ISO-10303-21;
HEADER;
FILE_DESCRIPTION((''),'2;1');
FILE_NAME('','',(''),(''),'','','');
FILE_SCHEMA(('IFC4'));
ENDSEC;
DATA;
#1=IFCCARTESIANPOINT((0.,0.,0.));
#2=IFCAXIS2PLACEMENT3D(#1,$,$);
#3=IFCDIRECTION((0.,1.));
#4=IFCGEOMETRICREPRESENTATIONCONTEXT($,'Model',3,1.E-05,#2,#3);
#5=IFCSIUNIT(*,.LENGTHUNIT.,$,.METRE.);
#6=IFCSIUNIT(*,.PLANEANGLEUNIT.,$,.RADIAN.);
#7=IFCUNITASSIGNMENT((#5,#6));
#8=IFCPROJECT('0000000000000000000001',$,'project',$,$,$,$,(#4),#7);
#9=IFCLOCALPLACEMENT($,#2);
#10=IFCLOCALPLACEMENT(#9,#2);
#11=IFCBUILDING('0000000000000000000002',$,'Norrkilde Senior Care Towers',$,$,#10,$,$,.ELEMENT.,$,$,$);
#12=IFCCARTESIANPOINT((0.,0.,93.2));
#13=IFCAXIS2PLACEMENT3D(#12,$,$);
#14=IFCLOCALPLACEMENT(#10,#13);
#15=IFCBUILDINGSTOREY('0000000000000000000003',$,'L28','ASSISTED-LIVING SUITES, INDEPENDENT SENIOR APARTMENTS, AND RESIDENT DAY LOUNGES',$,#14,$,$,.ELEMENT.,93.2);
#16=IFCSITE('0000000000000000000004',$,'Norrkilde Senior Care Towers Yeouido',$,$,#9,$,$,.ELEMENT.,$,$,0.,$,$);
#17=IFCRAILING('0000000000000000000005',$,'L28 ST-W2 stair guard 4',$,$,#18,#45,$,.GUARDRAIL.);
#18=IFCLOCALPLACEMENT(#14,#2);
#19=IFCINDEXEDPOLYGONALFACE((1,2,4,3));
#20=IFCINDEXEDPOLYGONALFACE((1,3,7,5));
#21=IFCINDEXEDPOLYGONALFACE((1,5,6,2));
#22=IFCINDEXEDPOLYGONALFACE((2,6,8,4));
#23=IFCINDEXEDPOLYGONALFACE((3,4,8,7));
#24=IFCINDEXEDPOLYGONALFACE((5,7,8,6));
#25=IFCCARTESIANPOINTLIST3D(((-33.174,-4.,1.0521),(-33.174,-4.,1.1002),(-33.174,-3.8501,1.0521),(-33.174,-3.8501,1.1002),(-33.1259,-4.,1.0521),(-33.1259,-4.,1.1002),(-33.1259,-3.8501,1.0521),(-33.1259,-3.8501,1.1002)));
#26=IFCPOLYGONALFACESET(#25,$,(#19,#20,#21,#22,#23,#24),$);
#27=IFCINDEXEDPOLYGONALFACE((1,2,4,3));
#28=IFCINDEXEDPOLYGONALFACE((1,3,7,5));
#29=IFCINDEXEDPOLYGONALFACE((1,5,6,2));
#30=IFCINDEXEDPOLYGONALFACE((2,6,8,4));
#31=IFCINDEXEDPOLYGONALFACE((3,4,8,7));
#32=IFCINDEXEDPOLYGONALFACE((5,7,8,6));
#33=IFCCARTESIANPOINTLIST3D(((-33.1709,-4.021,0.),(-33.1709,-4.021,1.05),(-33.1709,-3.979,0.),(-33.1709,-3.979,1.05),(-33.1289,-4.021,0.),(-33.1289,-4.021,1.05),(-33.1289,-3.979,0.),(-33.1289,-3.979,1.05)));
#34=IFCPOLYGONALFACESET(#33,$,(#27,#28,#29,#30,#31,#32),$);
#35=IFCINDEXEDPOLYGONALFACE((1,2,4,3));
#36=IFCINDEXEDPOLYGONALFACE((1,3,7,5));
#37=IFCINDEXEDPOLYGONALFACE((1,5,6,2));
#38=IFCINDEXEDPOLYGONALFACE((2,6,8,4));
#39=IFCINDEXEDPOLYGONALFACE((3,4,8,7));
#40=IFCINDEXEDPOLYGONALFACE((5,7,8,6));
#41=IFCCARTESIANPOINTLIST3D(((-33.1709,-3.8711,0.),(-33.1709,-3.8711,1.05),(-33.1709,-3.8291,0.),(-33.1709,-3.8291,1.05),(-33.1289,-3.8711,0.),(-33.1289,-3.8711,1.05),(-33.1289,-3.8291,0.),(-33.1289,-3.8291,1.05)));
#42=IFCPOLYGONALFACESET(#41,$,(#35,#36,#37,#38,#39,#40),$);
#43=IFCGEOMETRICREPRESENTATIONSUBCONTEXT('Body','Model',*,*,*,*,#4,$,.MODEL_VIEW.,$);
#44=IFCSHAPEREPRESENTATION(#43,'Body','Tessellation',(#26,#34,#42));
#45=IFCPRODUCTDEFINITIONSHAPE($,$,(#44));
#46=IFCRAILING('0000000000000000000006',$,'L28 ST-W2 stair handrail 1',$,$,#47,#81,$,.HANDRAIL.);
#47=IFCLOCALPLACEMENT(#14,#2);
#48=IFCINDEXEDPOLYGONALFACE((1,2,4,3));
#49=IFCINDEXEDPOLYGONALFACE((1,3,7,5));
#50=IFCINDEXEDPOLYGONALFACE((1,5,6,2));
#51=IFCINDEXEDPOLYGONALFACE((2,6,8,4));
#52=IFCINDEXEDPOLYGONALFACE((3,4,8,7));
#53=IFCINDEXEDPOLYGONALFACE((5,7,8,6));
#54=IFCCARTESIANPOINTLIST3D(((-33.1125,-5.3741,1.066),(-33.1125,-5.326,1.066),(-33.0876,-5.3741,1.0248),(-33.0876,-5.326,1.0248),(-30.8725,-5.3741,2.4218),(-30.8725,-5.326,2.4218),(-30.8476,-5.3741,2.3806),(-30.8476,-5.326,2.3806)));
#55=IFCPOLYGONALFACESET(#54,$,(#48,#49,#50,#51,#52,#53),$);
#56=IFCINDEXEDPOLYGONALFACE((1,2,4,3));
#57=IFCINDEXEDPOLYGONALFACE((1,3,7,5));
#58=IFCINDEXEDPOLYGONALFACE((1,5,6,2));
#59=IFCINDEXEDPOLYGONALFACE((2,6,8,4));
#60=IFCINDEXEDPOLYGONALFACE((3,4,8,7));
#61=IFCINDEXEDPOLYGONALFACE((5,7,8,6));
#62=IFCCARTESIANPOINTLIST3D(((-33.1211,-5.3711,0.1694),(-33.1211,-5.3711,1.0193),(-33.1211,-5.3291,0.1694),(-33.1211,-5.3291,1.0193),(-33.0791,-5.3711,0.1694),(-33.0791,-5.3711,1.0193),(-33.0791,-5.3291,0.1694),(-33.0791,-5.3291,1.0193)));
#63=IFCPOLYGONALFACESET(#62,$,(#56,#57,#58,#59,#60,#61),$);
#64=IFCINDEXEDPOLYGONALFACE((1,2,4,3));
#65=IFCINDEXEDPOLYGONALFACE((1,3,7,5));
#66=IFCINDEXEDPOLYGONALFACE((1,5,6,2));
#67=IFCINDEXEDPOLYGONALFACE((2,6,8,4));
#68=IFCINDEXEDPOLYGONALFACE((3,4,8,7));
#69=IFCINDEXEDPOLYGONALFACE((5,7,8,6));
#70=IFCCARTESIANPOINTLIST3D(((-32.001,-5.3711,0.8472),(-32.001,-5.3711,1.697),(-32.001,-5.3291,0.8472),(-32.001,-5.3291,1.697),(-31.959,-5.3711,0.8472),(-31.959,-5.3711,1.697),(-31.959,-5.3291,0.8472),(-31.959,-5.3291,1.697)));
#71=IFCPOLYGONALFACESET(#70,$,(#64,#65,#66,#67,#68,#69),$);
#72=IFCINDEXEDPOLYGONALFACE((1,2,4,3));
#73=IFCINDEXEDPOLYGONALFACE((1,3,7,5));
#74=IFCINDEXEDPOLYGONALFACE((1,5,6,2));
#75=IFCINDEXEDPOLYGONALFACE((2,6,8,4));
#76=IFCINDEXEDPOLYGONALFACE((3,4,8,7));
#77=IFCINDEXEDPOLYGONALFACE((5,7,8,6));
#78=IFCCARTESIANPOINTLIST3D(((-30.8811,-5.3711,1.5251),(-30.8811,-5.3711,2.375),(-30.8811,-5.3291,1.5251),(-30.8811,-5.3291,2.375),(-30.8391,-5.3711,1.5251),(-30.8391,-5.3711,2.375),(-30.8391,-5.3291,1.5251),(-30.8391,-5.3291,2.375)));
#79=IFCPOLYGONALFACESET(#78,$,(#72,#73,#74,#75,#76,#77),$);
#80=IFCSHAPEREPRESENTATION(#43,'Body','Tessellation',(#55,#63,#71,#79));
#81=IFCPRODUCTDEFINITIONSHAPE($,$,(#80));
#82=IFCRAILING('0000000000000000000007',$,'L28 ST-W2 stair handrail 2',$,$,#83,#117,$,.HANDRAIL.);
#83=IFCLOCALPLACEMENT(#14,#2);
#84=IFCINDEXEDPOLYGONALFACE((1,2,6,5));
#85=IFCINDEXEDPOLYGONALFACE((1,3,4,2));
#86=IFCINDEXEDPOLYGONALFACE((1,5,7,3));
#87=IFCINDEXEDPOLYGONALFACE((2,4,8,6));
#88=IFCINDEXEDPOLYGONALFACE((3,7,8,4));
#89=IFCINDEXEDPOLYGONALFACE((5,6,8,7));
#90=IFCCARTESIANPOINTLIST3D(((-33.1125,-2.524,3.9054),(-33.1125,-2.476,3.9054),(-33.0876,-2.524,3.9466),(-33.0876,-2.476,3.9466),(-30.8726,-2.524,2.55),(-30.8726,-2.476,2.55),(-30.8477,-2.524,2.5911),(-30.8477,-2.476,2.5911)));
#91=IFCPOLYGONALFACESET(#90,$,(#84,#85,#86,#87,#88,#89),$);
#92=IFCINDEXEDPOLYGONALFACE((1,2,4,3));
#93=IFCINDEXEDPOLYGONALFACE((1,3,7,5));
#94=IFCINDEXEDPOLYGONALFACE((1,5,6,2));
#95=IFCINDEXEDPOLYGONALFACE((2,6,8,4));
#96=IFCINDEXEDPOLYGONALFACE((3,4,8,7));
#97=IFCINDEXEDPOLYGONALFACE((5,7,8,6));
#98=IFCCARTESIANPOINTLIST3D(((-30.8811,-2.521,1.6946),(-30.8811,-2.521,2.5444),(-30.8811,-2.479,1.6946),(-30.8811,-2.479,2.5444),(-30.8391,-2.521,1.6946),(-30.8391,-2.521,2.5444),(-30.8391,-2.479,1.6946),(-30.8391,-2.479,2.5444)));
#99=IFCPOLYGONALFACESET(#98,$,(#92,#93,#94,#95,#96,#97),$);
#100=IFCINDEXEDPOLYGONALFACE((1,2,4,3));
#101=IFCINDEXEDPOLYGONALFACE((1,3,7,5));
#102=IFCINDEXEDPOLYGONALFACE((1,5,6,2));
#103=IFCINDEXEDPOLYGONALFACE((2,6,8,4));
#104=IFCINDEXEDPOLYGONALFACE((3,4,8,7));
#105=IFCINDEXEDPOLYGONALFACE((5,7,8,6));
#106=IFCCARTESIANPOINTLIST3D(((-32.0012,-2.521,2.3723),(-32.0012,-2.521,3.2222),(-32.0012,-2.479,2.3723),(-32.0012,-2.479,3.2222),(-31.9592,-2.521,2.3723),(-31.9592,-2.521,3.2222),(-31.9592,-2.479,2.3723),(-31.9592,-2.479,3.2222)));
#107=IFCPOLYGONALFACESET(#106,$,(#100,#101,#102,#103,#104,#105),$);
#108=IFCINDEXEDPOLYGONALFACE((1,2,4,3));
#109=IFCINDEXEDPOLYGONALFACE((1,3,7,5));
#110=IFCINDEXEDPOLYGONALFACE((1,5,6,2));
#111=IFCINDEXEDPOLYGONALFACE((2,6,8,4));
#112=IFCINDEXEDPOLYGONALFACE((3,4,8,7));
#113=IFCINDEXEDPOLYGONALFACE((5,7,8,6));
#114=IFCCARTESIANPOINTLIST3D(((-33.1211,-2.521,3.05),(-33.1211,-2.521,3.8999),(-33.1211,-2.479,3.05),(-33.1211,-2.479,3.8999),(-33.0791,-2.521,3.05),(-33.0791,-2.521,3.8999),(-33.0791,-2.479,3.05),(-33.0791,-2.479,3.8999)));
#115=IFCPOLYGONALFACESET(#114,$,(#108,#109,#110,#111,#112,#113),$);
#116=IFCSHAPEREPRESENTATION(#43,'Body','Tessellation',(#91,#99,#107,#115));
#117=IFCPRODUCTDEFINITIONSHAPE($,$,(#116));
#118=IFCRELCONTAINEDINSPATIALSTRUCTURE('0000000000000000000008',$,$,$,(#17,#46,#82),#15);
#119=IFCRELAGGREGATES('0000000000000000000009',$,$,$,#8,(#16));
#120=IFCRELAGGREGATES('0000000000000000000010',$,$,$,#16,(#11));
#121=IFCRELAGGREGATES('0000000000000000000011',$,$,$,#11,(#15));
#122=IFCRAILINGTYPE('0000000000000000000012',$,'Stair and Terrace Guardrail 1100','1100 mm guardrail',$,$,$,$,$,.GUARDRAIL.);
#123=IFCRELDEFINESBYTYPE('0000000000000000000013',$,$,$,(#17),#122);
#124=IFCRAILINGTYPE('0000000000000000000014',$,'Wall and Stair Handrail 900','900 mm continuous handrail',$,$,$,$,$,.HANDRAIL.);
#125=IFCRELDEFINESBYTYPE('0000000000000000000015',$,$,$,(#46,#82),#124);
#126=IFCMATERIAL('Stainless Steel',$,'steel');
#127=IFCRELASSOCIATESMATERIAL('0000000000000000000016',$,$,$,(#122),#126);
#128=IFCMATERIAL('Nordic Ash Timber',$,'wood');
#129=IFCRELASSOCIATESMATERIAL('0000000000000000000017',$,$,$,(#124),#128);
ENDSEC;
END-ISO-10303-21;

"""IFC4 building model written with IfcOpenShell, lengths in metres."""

from ifc_helpers import new_model, si_unit, direction, frame, origin, origin_2d, place, context, subcontext, project, spatial, rectangle, extrude, material, type_object, element, save


model = new_model("IFC4")

# Units and contexts
model_context = context("Model", 3, precision=1e-05, world=origin(), true_north=direction((0.0, 1.0)))
body_context = subcontext(model_context, "Body", "Model", "MODEL_VIEW")
ifc_project = project(units=[si_unit("LENGTHUNIT", "METRE"), si_unit("PLANEANGLEUNIT", "RADIAN")], contexts=[model_context])

# Site, building, storey
site_placement = place(None, origin())
site = spatial("IfcSite", under=ifc_project, at=site_placement, Name="Norrkilde Senior Care Towers Yeouido", CompositionType="ELEMENT", RefElevation=0.0)
building_placement = place(site_placement, origin())
building = spatial("IfcBuilding", under=site, at=building_placement, Name="Norrkilde Senior Care Towers", CompositionType="ELEMENT")
storey_placement = place(building_placement, frame((0.0, 0.0, 93.2)))
storey = spatial("IfcBuildingStorey", under=building, at=storey_placement, Name="L28", Description="ASSISTED-LIVING SUITES, INDEPENDENT SENIOR APARTMENTS, AND RESIDENT DAY LOUNGES", CompositionType="ELEMENT", Elevation=93.2)

# Railings
ifc_material_1 = material(Name="Stainless Steel", Category="steel")
railing_type_1 = type_object("IfcRailingType", Name="Stair and Terrace Guardrail 1100", Description="1100 mm guardrail", PredefinedType="GUARDRAIL", material=ifc_material_1)
railing_1_placement = place(storey_placement, frame((-33.1499, -4.0, 0.0)))
element("IfcRailing", 1, at=railing_1_placement, inside=storey, type_object=railing_type_1, Name="L28 ST-W2 stair guard 4", PredefinedType="GUARDRAIL", context=body_context, shape_type="SweptSolid", body=[
    extrude(rectangle(XDim=0.0481, YDim=0.0481, at=origin_2d()), frame((0.0, 0.0, 1.0762), z_axis=(0.0, 1.0, 0.0), x_axis=(-1.0, 0.0, 0.0)), (0.0, 0.0, 1.0), 0.1499),
    extrude(rectangle(XDim=0.042, YDim=0.042, at=origin_2d()), origin(), (0.0, 0.0, 1.0), 1.05),
    extrude(rectangle(XDim=0.042, YDim=0.042, at=origin_2d()), frame((0.0, 0.1499, 0.0)), (0.0, 0.0, 1.0), 1.05),
])
ifc_material_2 = material(Name="Nordic Ash Timber", Category="wood")
railing_type_2 = type_object("IfcRailingType", Name="Wall and Stair Handrail 900", Description="900 mm continuous handrail", PredefinedType="HANDRAIL", material=ifc_material_2)
railing_2_placement = place(storey_placement, frame((-33.1001, -5.3501, 0.1694)))
element("IfcRailing", 2, at=railing_2_placement, inside=storey, type_object=railing_type_2, Name="L28 ST-W2 stair handrail 1", PredefinedType="HANDRAIL", context=body_context, shape_type="SweptSolid", body=[
    extrude(rectangle(XDim=0.0481, YDim=0.0481, at=origin_2d()), frame((0.0, 0.0, 0.876), z_axis=(0.855512, 0.0, 0.517783), x_axis=(0.0, 1.0, 0.0)), (0.0, 0.0, 1.0), 2.6184),
    extrude(rectangle(XDim=0.042, YDim=0.042, at=origin_2d()), origin(), (0.0, 0.0, 1.0), 0.8499),
    extrude(rectangle(XDim=0.042, YDim=0.042, at=origin_2d()), frame((1.1201, 0.0, 0.6777)), (0.0, 0.0, 1.0), 0.8499),
    extrude(rectangle(XDim=0.042, YDim=0.042, at=origin_2d()), frame((2.24, 0.0, 1.3557)), (0.0, 0.0, 1.0), 0.8499),
])
railing_3_placement = place(storey_placement, frame((-30.8601, -2.5, 1.6946)))
element("IfcRailing", 3, at=railing_3_placement, inside=storey, type_object=railing_type_2, Name="L28 ST-W2 stair handrail 2", PredefinedType="HANDRAIL", context=body_context, shape_type="SweptSolid", body=[
    extrude(rectangle(XDim=0.0481, YDim=0.0481, at=origin_2d()), frame((0.0, 0.0, 0.876), z_axis=(-0.855553, 0.0, 0.517715), x_axis=(0.0, -1.0, 0.0)), (0.0, 0.0, 1.0), 2.6182),
    extrude(rectangle(XDim=0.042, YDim=0.042, at=origin_2d()), origin(), (0.0, 0.0, 1.0), 0.8499),
    extrude(rectangle(XDim=0.042, YDim=0.042, at=origin_2d()), frame((-1.1201, 0.0, 0.6777)), (0.0, 0.0, 1.0), 0.8499),
    extrude(rectangle(XDim=0.042, YDim=0.042, at=origin_2d()), frame((-2.24, 0.0, 1.3555)), (0.0, 0.0, 1.0), 0.8499),
])

save(model, "model.ifc")
